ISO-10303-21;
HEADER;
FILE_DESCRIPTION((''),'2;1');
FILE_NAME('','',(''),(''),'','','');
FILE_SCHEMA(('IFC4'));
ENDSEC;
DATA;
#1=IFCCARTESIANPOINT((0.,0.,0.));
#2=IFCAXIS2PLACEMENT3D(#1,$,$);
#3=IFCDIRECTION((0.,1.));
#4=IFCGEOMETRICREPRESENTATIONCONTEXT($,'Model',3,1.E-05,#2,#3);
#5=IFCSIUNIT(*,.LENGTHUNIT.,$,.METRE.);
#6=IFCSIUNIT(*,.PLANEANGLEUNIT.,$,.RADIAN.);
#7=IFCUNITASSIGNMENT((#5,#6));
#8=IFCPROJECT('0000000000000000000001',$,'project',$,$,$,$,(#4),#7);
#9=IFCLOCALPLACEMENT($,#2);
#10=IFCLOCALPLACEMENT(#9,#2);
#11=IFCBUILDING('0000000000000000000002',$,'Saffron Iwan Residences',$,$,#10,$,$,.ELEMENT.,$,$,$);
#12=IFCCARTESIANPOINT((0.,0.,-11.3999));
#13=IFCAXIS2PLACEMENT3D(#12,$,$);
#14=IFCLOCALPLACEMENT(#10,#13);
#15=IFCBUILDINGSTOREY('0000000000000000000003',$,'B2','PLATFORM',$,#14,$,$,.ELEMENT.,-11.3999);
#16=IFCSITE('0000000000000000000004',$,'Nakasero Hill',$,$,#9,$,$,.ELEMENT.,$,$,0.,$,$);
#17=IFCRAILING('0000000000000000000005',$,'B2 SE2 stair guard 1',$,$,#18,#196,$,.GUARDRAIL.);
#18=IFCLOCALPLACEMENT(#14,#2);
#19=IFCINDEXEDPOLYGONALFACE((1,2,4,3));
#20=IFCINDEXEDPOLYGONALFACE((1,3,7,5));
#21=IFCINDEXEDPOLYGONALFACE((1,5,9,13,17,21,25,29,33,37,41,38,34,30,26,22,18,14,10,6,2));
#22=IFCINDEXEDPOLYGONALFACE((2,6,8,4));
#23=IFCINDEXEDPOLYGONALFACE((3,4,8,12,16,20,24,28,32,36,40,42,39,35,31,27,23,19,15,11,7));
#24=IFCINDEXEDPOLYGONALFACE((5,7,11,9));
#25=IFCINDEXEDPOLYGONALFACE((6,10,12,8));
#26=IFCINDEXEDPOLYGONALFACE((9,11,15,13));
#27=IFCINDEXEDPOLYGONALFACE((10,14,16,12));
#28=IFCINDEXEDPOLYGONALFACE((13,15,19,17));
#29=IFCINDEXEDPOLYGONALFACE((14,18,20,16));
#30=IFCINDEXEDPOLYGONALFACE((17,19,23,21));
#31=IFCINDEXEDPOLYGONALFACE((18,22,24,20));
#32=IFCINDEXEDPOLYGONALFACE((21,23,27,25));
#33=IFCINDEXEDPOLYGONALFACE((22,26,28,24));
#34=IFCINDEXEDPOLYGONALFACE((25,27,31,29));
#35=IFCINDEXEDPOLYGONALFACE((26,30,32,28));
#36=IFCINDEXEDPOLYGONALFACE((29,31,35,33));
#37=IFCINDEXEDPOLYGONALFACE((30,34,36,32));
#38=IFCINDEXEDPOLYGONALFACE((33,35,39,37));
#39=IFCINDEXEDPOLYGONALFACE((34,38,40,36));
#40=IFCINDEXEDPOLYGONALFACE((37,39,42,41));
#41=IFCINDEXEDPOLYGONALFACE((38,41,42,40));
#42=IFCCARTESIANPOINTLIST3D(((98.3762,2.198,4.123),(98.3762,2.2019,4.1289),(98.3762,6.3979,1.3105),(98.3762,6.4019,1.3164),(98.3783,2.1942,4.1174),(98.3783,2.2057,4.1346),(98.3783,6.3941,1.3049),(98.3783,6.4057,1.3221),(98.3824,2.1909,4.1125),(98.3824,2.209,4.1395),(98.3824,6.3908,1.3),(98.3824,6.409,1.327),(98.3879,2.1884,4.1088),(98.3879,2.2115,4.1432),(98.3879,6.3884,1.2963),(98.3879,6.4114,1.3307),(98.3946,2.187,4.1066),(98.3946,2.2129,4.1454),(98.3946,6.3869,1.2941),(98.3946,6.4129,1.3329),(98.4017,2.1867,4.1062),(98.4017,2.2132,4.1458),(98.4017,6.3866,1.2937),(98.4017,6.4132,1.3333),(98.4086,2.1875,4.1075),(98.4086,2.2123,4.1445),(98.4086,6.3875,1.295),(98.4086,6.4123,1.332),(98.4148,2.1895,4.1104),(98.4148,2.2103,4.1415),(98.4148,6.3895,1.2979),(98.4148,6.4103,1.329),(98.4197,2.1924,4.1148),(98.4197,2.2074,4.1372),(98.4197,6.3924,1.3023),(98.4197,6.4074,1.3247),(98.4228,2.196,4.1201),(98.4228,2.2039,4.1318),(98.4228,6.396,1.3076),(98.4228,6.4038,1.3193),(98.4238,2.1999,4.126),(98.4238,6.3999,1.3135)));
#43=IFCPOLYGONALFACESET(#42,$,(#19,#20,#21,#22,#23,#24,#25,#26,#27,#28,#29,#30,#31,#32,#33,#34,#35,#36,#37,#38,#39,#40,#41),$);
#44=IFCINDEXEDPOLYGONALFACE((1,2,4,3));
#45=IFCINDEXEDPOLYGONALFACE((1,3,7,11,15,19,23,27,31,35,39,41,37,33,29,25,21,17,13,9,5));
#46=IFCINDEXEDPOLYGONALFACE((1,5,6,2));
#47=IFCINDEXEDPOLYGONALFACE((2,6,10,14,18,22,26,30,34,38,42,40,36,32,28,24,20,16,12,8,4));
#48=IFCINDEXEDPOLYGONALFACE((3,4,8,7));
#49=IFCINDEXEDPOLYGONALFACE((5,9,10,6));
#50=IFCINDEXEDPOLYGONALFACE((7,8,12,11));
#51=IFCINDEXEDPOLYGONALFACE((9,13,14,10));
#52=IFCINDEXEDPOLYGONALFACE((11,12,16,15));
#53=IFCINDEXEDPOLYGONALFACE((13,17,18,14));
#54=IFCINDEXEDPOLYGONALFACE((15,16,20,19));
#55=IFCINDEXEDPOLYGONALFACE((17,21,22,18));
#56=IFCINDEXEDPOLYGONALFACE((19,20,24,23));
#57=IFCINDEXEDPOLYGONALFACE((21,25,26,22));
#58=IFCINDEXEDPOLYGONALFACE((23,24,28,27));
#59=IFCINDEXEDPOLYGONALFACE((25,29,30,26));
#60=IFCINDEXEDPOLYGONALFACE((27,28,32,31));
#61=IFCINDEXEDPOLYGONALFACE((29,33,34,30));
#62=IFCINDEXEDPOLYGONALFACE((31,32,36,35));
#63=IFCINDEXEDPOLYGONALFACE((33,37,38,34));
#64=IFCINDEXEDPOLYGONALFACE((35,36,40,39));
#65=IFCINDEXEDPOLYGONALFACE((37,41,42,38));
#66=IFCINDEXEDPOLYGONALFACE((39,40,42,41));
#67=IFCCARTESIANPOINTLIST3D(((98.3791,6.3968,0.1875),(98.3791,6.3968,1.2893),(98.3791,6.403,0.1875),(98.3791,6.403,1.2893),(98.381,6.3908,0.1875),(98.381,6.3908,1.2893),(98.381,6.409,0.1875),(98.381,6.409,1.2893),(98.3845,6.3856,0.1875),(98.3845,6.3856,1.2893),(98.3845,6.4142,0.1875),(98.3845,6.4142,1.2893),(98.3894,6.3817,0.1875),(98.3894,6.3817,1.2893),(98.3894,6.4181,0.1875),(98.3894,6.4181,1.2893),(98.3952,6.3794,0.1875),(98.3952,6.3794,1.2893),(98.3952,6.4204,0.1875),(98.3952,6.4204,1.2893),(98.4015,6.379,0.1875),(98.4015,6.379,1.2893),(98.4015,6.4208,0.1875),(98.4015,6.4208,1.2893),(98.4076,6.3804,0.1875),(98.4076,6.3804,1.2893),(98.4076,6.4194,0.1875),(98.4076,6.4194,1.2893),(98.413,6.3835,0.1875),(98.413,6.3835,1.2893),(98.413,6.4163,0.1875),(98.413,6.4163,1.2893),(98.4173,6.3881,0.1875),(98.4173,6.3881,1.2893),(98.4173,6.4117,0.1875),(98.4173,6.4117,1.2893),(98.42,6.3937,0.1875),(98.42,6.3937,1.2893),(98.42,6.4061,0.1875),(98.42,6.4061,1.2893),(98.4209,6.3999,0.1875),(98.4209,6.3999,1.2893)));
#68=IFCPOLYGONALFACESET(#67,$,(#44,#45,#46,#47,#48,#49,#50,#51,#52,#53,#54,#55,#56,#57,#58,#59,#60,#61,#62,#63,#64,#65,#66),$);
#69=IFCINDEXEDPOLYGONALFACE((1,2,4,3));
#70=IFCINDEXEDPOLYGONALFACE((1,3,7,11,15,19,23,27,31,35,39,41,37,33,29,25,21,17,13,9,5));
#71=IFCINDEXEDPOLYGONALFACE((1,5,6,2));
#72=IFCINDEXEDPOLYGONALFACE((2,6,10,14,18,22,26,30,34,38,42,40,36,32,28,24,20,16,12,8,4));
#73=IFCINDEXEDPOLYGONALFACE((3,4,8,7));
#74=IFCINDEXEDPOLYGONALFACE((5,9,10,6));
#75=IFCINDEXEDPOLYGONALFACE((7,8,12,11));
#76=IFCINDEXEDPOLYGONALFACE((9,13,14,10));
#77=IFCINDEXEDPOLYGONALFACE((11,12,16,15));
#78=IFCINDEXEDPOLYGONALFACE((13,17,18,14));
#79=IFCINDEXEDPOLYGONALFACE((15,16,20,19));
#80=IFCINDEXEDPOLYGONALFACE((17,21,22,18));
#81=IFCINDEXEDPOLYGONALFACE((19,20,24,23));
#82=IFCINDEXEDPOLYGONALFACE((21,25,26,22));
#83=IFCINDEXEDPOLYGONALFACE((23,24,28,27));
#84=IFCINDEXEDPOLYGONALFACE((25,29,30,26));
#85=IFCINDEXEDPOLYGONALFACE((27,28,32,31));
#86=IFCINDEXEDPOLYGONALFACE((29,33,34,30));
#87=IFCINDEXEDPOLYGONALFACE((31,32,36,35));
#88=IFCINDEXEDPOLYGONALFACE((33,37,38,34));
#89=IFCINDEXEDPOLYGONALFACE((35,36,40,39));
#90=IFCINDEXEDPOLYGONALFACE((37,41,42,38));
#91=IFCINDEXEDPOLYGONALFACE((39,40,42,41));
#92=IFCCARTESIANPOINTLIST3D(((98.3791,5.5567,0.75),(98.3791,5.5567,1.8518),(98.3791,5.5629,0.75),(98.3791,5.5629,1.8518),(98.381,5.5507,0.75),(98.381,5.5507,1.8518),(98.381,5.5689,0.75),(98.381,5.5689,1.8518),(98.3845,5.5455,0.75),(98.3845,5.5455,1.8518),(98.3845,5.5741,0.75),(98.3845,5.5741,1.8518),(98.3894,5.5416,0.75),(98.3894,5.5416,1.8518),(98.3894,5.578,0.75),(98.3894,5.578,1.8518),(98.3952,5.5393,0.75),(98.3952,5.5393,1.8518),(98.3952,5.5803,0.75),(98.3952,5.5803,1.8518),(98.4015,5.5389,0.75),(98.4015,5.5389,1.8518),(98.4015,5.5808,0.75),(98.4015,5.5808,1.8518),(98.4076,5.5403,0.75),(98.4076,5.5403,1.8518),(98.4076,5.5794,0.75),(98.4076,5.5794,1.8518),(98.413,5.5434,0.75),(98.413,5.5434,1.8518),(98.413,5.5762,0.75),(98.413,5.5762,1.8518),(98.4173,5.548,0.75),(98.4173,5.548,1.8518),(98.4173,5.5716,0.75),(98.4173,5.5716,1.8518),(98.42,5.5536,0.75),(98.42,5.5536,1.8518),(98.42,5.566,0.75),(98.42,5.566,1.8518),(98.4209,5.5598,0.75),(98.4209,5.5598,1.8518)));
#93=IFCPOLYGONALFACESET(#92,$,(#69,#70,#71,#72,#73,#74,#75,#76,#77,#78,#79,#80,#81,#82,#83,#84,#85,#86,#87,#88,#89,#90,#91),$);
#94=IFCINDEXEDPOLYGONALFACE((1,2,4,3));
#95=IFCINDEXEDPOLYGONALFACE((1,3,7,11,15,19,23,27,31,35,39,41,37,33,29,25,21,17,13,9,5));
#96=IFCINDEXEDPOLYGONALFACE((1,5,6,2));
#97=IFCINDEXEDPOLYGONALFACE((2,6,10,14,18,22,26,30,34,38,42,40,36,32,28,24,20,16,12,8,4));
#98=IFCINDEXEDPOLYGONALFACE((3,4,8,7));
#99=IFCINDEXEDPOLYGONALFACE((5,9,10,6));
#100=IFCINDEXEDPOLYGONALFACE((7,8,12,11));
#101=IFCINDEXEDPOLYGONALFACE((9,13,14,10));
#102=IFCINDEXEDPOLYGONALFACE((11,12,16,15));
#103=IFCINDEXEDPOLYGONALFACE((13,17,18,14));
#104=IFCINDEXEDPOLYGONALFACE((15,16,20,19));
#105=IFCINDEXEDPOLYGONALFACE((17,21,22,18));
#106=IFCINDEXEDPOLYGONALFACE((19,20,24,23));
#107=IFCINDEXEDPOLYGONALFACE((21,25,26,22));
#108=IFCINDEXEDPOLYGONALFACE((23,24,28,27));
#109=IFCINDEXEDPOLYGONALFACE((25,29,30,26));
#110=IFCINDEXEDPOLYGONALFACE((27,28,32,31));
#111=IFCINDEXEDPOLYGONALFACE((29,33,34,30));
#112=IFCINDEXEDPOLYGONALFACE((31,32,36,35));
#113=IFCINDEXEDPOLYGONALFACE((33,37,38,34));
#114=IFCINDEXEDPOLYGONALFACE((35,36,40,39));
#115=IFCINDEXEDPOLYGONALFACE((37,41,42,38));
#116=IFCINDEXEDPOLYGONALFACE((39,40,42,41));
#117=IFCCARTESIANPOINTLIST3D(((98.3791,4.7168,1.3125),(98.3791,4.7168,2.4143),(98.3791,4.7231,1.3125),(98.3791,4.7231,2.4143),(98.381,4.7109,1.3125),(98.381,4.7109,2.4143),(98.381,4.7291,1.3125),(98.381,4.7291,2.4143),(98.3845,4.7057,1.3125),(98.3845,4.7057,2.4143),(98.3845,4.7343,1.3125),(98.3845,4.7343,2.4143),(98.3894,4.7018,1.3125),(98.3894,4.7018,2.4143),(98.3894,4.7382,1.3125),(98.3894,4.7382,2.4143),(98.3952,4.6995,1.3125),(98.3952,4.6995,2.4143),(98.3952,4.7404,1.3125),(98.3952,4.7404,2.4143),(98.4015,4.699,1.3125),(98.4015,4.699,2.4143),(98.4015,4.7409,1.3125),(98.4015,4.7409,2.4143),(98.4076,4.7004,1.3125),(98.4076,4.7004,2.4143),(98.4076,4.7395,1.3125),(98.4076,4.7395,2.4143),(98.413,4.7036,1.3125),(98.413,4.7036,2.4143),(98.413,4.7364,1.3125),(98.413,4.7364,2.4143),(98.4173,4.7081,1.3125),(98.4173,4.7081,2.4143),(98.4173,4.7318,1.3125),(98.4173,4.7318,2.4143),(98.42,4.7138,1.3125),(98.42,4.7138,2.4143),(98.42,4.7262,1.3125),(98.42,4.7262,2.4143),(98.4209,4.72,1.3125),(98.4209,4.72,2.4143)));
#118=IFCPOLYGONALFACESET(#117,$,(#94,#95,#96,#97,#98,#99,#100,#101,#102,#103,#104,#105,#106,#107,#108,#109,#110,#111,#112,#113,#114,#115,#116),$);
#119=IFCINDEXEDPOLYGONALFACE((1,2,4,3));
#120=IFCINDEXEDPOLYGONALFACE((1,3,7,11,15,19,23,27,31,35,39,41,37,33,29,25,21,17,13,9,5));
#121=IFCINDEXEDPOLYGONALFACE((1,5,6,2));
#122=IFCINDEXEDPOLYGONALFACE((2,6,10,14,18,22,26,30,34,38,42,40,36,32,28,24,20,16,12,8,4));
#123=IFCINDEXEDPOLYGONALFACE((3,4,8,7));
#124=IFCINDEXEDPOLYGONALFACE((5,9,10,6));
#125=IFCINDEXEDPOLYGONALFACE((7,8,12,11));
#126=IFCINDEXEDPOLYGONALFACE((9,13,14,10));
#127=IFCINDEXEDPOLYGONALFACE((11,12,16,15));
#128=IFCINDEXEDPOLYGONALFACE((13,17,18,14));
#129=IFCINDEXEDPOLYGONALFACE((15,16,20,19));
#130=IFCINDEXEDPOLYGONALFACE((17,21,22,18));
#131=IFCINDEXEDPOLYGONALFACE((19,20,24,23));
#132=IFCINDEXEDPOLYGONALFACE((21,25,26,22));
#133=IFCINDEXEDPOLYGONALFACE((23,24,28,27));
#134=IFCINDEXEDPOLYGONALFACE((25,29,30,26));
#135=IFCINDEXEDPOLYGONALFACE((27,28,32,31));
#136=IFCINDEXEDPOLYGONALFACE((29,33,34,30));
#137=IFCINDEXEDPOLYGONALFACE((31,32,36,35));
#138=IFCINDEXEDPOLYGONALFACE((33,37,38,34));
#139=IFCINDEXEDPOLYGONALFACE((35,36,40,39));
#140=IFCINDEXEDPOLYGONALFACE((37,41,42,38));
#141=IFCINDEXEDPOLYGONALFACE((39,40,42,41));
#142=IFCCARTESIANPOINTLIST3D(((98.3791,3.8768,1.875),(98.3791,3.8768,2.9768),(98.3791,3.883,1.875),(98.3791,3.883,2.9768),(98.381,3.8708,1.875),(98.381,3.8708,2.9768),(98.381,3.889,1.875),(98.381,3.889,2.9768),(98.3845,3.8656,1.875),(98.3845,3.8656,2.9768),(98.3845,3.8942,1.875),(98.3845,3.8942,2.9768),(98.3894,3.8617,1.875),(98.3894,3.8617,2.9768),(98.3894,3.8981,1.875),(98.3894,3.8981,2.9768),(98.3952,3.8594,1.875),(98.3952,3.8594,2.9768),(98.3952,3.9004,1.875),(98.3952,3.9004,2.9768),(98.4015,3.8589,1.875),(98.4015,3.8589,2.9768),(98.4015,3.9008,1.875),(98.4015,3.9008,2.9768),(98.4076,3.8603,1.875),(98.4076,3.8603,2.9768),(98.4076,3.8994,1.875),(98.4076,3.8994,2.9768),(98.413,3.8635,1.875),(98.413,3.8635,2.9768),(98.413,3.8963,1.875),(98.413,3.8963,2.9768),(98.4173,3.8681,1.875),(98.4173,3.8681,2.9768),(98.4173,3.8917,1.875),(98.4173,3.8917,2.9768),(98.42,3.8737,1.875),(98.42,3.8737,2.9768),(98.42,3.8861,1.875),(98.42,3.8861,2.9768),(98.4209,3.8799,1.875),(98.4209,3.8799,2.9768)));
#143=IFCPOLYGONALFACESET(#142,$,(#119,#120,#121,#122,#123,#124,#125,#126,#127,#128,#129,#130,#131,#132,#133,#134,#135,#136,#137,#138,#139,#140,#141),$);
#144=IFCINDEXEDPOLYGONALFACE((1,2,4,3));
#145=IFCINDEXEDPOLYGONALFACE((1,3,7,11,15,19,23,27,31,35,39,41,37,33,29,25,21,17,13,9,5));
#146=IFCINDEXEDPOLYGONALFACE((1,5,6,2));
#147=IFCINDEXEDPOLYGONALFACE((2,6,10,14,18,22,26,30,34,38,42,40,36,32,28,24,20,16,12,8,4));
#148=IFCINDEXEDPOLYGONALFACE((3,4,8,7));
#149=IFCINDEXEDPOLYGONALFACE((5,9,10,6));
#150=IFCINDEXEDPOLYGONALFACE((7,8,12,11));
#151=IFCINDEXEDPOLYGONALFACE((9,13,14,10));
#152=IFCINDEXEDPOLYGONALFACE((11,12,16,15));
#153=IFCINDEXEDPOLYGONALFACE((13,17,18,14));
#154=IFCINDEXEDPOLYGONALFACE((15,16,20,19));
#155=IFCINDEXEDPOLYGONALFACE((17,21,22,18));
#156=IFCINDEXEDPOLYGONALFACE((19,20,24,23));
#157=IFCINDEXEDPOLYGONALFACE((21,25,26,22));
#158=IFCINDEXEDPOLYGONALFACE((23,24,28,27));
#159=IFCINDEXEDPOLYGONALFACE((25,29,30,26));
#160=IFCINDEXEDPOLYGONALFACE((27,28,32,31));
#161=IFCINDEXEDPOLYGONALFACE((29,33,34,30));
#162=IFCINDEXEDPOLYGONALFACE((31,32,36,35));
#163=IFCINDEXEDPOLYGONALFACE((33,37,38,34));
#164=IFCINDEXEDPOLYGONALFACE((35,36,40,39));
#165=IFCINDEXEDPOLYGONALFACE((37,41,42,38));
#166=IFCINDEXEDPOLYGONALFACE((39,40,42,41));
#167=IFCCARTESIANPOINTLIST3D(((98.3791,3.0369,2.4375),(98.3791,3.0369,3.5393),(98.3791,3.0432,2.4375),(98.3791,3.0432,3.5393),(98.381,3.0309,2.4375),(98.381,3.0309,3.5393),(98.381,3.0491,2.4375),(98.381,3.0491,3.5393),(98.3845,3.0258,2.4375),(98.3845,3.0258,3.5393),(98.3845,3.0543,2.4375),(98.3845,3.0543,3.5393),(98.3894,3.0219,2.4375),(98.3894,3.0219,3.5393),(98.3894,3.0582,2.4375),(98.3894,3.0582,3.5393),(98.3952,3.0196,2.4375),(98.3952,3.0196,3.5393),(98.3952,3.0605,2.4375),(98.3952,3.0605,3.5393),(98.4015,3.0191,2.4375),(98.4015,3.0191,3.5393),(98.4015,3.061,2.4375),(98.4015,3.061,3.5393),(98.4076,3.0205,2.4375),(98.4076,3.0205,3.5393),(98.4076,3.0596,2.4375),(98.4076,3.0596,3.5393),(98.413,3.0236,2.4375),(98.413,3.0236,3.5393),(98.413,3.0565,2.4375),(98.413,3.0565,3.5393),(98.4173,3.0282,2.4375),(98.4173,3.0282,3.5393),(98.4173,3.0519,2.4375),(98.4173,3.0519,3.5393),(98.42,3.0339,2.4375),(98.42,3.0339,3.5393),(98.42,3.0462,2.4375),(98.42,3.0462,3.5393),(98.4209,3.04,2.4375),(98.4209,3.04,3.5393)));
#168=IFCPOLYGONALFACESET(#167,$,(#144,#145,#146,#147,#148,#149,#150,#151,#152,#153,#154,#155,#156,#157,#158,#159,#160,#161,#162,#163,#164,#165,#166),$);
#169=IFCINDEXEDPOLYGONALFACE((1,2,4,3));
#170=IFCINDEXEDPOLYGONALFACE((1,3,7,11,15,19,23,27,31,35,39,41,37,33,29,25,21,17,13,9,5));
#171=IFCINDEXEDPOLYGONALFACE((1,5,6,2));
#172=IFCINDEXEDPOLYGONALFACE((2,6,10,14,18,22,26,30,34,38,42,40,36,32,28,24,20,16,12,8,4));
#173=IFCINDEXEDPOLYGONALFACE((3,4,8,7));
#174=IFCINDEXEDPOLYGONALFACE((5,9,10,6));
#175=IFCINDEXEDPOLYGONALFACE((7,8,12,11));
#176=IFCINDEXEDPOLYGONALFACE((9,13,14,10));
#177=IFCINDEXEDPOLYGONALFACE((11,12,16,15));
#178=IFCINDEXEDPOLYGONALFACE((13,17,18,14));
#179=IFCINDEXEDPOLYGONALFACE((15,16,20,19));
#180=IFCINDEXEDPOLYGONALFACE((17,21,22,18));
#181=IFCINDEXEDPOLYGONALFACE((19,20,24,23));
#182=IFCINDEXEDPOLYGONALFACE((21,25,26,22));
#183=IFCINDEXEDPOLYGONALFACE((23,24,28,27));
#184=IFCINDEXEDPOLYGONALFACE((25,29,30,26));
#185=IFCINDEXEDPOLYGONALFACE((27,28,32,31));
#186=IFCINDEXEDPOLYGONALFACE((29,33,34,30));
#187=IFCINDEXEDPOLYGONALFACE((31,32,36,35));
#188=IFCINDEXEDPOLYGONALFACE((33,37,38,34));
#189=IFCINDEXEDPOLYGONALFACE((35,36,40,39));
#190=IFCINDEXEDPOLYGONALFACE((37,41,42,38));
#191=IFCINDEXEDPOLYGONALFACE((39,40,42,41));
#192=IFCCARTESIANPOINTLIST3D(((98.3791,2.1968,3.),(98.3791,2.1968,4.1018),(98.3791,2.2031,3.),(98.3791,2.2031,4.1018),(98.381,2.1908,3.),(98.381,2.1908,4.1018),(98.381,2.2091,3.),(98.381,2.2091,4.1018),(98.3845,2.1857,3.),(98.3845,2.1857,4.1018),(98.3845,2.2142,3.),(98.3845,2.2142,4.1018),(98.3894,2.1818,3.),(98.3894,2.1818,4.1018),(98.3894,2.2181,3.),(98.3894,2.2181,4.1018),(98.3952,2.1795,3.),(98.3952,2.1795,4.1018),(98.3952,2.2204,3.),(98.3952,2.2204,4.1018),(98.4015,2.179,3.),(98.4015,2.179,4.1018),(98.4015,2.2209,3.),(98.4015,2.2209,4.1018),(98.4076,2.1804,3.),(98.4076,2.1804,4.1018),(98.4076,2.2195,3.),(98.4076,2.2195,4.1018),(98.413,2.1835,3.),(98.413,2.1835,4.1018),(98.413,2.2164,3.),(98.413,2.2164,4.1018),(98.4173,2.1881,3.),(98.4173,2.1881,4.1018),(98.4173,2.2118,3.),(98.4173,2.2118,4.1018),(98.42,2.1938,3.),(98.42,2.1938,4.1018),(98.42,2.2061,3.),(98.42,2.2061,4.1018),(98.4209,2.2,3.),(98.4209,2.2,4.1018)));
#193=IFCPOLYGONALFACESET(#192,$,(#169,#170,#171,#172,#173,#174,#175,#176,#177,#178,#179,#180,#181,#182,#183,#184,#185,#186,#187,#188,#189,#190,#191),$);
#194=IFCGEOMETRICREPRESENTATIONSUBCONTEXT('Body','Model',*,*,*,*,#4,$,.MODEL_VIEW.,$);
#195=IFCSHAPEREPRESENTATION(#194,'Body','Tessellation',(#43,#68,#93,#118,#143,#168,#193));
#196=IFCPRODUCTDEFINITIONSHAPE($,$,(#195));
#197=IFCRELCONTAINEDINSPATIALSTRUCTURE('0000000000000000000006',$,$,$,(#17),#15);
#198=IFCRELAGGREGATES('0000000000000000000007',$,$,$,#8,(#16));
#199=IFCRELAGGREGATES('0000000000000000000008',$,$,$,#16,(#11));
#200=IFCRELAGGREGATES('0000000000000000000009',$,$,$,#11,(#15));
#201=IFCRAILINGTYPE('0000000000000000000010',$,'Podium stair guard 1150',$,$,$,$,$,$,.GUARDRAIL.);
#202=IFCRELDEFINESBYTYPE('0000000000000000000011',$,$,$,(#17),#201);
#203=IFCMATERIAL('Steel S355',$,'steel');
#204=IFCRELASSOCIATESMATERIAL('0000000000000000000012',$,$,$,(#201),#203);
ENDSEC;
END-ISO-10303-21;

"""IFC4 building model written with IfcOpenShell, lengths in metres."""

from ifc_helpers import new_model, si_unit, direction, frame, origin, origin_2d, place, context, subcontext, project, spatial, circle, extrude, material, type_object, element, save


model = new_model("IFC4")

# Units and contexts
model_context = context("Model", 3, precision=1e-05, world=origin(), true_north=direction((0.0, 1.0)))
body_context = subcontext(model_context, "Body", "Model", "MODEL_VIEW")
ifc_project = project(units=[si_unit("LENGTHUNIT", "METRE"), si_unit("PLANEANGLEUNIT", "RADIAN")], contexts=[model_context])

# Site, building, storey
site_placement = place(None, origin())
site = spatial("IfcSite", under=ifc_project, at=site_placement, Name="Nakasero Hill", CompositionType="ELEMENT", RefElevation=0.0)
building_placement = place(site_placement, origin())
building = spatial("IfcBuilding", under=site, at=building_placement, Name="Saffron Iwan Residences", CompositionType="ELEMENT")
storey_placement = place(building_placement, frame((0.0, 0.0, -11.3999)))
storey = spatial("IfcBuildingStorey", under=building, at=storey_placement, Name="B2", Description="PLATFORM", CompositionType="ELEMENT", Elevation=-11.3999)

# Railing
ifc_material_1 = material(Name="Steel S355", Category="steel")
railing_type_1 = type_object("IfcRailingType", Name="Podium stair guard 1150", PredefinedType="GUARDRAIL", material=ifc_material_1)
railing_1_placement = place(storey_placement, frame((98.3999, 6.3999, 0.1875)))
element("IfcRailing", 1, at=railing_1_placement, inside=storey, type_object=railing_type_1, Name="B2 SE2 stair guard 1", PredefinedType="GUARDRAIL", context=body_context, shape_type="SweptSolid", body=[
    extrude(circle(Radius=0.0239, at=origin_2d()), frame((0.0, 0.0, 1.126), z_axis=(0.0, -0.830904, 0.556416), x_axis=(1.0, 0.0, 0.0)), (0.0, 0.0, 1.0), 5.0547),
    extrude(circle(Radius=0.021, at=origin_2d()), origin(), (0.0, 0.0, 1.0), 1.1018),
    extrude(circle(Radius=0.021, at=origin_2d()), frame((0.0, -0.8401, 0.5625)), (0.0, 0.0, 1.0), 1.1018),
    extrude(circle(Radius=0.021, at=origin_2d()), frame((0.0, -1.6799, 1.125)), (0.0, 0.0, 1.0), 1.1018),
    extrude(circle(Radius=0.021, at=origin_2d()), frame((0.0, -2.52, 1.6875)), (0.0, 0.0, 1.0), 1.1018),
    extrude(circle(Radius=0.021, at=origin_2d()), frame((0.0, -3.3599, 2.25)), (0.0, 0.0, 1.0), 1.1018),
    extrude(circle(Radius=0.021, at=origin_2d()), frame((0.0, -4.2, 2.8125)), (0.0, 0.0, 1.0), 1.1018),
])

save(model, "model.ifc")
